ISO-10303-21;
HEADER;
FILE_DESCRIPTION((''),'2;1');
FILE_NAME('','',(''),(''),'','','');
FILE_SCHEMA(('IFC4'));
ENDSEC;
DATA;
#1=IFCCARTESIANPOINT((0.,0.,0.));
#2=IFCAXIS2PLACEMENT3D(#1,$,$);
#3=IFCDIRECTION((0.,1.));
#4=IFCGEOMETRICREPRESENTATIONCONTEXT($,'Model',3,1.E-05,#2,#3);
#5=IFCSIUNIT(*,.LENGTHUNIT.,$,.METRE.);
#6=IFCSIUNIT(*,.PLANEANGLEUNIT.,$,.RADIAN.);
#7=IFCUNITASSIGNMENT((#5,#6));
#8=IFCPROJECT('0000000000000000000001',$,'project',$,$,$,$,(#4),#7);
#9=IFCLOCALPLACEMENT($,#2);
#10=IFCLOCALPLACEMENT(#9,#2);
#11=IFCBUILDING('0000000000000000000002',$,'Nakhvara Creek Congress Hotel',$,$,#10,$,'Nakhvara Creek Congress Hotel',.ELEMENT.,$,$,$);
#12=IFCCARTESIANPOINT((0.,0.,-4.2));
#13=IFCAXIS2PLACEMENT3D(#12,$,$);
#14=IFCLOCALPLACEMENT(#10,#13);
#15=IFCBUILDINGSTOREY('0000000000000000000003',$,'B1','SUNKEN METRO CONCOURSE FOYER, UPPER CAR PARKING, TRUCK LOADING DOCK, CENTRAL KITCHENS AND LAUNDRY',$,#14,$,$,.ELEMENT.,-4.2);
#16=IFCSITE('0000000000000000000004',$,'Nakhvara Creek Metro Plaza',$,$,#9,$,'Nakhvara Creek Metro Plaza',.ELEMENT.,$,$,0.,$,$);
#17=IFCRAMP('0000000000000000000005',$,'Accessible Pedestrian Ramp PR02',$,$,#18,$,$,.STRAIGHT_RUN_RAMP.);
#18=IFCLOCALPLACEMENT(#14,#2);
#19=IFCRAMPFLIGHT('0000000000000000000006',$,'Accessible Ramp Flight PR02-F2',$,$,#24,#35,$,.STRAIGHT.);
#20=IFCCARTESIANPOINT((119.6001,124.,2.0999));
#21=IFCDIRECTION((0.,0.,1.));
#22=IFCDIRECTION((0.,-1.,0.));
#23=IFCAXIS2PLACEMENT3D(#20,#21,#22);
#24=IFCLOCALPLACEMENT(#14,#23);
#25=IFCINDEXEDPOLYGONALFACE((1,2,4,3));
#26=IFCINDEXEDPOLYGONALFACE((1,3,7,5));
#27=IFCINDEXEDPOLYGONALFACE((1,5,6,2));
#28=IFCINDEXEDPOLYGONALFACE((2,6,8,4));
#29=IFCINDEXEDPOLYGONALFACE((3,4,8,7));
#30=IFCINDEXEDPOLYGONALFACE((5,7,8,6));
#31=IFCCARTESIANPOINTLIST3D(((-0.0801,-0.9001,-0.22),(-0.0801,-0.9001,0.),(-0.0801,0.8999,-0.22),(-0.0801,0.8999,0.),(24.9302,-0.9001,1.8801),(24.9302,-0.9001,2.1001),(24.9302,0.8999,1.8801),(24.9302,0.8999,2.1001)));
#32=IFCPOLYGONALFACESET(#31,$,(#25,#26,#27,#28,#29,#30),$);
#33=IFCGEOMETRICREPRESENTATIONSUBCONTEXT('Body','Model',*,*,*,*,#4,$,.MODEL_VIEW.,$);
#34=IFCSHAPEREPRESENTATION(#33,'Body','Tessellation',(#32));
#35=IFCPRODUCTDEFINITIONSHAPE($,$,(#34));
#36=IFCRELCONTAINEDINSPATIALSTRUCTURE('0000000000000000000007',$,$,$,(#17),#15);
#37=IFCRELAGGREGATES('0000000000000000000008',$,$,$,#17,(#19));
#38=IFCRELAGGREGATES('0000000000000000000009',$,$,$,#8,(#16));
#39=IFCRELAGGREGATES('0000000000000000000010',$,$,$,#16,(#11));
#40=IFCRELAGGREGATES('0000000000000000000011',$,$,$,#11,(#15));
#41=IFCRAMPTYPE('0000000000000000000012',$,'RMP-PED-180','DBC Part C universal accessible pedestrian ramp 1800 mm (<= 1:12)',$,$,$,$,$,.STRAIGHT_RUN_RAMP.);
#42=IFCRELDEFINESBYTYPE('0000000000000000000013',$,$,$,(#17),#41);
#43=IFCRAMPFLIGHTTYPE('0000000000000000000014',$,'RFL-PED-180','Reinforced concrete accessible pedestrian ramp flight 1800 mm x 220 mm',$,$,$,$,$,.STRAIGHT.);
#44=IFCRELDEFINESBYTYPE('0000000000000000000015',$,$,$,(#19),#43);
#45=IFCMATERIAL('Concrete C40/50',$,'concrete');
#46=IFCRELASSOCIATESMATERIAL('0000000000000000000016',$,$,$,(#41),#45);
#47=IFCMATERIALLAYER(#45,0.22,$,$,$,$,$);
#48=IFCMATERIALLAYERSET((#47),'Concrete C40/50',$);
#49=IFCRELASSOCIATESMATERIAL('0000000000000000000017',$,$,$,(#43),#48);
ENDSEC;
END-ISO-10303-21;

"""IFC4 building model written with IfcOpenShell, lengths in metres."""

from ifc_helpers import new_model, si_unit, direction, frame, origin, place, context, subcontext, project, spatial, polyline, outline, extrude, material, layer, layer_set, type_object, element, aggregate, save


model = new_model("IFC4")

# Units and contexts
model_context = context("Model", 3, precision=1e-05, world=origin(), true_north=direction((0.0, 1.0)))
body_context = subcontext(model_context, "Body", "Model", "MODEL_VIEW")
ifc_project = project(units=[si_unit("LENGTHUNIT", "METRE"), si_unit("PLANEANGLEUNIT", "RADIAN")], contexts=[model_context])

# Site, building, storey
site_placement = place(None, origin())
site = spatial("IfcSite", under=ifc_project, at=site_placement, Name="Nakhvara Creek Metro Plaza", LongName="Nakhvara Creek Metro Plaza", CompositionType="ELEMENT", RefElevation=0.0)
building_placement = place(site_placement, origin())
building = spatial("IfcBuilding", under=site, at=building_placement, Name="Nakhvara Creek Congress Hotel", LongName="Nakhvara Creek Congress Hotel", CompositionType="ELEMENT")
storey_placement = place(building_placement, frame((0.0, 0.0, -4.2)))
storey = spatial("IfcBuildingStorey", under=building, at=storey_placement, Name="B1", Description="SUNKEN METRO CONCOURSE FOYER, UPPER CAR PARKING, TRUCK LOADING DOCK, CENTRAL KITCHENS AND LAUNDRY", CompositionType="ELEMENT", Elevation=-4.2)

# Shared definitions
ifc_material_1 = material(Name="Concrete C40/50", Category="concrete")

# Ramp, ramp flight
ramp_type = type_object("IfcRampType", Name="RMP-PED-180", Description="DBC Part C universal accessible pedestrian ramp 1800 mm (<= 1:12)", PredefinedType="STRAIGHT_RUN_RAMP", material=ifc_material_1)
ramp_placement = place(storey_placement, origin())
ramp = element("IfcRamp", 1, at=ramp_placement, inside=storey, type_object=ramp_type, Name="Accessible Pedestrian Ramp PR02", PredefinedType="STRAIGHT_RUN_RAMP")
ifc_layer_1 = layer(ifc_material_1, 0.22)
ifc_layer_set_1 = layer_set([ifc_layer_1], Name="Concrete C40/50")
ramp_flight_type = type_object("IfcRampFlightType", Name="RFL-PED-180", Description="Reinforced concrete accessible pedestrian ramp flight 1800 mm x 220 mm", PredefinedType="STRAIGHT", material=ifc_layer_set_1)
ramp_flight_placement = place(storey_placement, frame((119.6001, 124.0, 2.0999), z_axis=(0.0, 0.0, 1.0), x_axis=(0.0, -1.0, 0.0)))
ramp_flight = element("IfcRampFlight", 2, at=ramp_flight_placement, type_object=ramp_flight_type, Name="Accessible Ramp Flight PR02-F2", PredefinedType="STRAIGHT", context=body_context, shape_type="SweptSolid", body=[
    extrude(outline(polyline([(-0.0801, 0.0), (24.9302, 2.1001), (24.9302, 1.8801), (-0.0801, -0.22), (-0.0801, 0.0)])), frame((0.0, 0.8999, 0.0), z_axis=(0.0, -1.0, 0.0), x_axis=(1.0, 0.0, 0.0)), (0.0, 0.0, 1.0), 1.8),
])
aggregate(ramp, [ramp_flight])

save(model, "model.ifc")
